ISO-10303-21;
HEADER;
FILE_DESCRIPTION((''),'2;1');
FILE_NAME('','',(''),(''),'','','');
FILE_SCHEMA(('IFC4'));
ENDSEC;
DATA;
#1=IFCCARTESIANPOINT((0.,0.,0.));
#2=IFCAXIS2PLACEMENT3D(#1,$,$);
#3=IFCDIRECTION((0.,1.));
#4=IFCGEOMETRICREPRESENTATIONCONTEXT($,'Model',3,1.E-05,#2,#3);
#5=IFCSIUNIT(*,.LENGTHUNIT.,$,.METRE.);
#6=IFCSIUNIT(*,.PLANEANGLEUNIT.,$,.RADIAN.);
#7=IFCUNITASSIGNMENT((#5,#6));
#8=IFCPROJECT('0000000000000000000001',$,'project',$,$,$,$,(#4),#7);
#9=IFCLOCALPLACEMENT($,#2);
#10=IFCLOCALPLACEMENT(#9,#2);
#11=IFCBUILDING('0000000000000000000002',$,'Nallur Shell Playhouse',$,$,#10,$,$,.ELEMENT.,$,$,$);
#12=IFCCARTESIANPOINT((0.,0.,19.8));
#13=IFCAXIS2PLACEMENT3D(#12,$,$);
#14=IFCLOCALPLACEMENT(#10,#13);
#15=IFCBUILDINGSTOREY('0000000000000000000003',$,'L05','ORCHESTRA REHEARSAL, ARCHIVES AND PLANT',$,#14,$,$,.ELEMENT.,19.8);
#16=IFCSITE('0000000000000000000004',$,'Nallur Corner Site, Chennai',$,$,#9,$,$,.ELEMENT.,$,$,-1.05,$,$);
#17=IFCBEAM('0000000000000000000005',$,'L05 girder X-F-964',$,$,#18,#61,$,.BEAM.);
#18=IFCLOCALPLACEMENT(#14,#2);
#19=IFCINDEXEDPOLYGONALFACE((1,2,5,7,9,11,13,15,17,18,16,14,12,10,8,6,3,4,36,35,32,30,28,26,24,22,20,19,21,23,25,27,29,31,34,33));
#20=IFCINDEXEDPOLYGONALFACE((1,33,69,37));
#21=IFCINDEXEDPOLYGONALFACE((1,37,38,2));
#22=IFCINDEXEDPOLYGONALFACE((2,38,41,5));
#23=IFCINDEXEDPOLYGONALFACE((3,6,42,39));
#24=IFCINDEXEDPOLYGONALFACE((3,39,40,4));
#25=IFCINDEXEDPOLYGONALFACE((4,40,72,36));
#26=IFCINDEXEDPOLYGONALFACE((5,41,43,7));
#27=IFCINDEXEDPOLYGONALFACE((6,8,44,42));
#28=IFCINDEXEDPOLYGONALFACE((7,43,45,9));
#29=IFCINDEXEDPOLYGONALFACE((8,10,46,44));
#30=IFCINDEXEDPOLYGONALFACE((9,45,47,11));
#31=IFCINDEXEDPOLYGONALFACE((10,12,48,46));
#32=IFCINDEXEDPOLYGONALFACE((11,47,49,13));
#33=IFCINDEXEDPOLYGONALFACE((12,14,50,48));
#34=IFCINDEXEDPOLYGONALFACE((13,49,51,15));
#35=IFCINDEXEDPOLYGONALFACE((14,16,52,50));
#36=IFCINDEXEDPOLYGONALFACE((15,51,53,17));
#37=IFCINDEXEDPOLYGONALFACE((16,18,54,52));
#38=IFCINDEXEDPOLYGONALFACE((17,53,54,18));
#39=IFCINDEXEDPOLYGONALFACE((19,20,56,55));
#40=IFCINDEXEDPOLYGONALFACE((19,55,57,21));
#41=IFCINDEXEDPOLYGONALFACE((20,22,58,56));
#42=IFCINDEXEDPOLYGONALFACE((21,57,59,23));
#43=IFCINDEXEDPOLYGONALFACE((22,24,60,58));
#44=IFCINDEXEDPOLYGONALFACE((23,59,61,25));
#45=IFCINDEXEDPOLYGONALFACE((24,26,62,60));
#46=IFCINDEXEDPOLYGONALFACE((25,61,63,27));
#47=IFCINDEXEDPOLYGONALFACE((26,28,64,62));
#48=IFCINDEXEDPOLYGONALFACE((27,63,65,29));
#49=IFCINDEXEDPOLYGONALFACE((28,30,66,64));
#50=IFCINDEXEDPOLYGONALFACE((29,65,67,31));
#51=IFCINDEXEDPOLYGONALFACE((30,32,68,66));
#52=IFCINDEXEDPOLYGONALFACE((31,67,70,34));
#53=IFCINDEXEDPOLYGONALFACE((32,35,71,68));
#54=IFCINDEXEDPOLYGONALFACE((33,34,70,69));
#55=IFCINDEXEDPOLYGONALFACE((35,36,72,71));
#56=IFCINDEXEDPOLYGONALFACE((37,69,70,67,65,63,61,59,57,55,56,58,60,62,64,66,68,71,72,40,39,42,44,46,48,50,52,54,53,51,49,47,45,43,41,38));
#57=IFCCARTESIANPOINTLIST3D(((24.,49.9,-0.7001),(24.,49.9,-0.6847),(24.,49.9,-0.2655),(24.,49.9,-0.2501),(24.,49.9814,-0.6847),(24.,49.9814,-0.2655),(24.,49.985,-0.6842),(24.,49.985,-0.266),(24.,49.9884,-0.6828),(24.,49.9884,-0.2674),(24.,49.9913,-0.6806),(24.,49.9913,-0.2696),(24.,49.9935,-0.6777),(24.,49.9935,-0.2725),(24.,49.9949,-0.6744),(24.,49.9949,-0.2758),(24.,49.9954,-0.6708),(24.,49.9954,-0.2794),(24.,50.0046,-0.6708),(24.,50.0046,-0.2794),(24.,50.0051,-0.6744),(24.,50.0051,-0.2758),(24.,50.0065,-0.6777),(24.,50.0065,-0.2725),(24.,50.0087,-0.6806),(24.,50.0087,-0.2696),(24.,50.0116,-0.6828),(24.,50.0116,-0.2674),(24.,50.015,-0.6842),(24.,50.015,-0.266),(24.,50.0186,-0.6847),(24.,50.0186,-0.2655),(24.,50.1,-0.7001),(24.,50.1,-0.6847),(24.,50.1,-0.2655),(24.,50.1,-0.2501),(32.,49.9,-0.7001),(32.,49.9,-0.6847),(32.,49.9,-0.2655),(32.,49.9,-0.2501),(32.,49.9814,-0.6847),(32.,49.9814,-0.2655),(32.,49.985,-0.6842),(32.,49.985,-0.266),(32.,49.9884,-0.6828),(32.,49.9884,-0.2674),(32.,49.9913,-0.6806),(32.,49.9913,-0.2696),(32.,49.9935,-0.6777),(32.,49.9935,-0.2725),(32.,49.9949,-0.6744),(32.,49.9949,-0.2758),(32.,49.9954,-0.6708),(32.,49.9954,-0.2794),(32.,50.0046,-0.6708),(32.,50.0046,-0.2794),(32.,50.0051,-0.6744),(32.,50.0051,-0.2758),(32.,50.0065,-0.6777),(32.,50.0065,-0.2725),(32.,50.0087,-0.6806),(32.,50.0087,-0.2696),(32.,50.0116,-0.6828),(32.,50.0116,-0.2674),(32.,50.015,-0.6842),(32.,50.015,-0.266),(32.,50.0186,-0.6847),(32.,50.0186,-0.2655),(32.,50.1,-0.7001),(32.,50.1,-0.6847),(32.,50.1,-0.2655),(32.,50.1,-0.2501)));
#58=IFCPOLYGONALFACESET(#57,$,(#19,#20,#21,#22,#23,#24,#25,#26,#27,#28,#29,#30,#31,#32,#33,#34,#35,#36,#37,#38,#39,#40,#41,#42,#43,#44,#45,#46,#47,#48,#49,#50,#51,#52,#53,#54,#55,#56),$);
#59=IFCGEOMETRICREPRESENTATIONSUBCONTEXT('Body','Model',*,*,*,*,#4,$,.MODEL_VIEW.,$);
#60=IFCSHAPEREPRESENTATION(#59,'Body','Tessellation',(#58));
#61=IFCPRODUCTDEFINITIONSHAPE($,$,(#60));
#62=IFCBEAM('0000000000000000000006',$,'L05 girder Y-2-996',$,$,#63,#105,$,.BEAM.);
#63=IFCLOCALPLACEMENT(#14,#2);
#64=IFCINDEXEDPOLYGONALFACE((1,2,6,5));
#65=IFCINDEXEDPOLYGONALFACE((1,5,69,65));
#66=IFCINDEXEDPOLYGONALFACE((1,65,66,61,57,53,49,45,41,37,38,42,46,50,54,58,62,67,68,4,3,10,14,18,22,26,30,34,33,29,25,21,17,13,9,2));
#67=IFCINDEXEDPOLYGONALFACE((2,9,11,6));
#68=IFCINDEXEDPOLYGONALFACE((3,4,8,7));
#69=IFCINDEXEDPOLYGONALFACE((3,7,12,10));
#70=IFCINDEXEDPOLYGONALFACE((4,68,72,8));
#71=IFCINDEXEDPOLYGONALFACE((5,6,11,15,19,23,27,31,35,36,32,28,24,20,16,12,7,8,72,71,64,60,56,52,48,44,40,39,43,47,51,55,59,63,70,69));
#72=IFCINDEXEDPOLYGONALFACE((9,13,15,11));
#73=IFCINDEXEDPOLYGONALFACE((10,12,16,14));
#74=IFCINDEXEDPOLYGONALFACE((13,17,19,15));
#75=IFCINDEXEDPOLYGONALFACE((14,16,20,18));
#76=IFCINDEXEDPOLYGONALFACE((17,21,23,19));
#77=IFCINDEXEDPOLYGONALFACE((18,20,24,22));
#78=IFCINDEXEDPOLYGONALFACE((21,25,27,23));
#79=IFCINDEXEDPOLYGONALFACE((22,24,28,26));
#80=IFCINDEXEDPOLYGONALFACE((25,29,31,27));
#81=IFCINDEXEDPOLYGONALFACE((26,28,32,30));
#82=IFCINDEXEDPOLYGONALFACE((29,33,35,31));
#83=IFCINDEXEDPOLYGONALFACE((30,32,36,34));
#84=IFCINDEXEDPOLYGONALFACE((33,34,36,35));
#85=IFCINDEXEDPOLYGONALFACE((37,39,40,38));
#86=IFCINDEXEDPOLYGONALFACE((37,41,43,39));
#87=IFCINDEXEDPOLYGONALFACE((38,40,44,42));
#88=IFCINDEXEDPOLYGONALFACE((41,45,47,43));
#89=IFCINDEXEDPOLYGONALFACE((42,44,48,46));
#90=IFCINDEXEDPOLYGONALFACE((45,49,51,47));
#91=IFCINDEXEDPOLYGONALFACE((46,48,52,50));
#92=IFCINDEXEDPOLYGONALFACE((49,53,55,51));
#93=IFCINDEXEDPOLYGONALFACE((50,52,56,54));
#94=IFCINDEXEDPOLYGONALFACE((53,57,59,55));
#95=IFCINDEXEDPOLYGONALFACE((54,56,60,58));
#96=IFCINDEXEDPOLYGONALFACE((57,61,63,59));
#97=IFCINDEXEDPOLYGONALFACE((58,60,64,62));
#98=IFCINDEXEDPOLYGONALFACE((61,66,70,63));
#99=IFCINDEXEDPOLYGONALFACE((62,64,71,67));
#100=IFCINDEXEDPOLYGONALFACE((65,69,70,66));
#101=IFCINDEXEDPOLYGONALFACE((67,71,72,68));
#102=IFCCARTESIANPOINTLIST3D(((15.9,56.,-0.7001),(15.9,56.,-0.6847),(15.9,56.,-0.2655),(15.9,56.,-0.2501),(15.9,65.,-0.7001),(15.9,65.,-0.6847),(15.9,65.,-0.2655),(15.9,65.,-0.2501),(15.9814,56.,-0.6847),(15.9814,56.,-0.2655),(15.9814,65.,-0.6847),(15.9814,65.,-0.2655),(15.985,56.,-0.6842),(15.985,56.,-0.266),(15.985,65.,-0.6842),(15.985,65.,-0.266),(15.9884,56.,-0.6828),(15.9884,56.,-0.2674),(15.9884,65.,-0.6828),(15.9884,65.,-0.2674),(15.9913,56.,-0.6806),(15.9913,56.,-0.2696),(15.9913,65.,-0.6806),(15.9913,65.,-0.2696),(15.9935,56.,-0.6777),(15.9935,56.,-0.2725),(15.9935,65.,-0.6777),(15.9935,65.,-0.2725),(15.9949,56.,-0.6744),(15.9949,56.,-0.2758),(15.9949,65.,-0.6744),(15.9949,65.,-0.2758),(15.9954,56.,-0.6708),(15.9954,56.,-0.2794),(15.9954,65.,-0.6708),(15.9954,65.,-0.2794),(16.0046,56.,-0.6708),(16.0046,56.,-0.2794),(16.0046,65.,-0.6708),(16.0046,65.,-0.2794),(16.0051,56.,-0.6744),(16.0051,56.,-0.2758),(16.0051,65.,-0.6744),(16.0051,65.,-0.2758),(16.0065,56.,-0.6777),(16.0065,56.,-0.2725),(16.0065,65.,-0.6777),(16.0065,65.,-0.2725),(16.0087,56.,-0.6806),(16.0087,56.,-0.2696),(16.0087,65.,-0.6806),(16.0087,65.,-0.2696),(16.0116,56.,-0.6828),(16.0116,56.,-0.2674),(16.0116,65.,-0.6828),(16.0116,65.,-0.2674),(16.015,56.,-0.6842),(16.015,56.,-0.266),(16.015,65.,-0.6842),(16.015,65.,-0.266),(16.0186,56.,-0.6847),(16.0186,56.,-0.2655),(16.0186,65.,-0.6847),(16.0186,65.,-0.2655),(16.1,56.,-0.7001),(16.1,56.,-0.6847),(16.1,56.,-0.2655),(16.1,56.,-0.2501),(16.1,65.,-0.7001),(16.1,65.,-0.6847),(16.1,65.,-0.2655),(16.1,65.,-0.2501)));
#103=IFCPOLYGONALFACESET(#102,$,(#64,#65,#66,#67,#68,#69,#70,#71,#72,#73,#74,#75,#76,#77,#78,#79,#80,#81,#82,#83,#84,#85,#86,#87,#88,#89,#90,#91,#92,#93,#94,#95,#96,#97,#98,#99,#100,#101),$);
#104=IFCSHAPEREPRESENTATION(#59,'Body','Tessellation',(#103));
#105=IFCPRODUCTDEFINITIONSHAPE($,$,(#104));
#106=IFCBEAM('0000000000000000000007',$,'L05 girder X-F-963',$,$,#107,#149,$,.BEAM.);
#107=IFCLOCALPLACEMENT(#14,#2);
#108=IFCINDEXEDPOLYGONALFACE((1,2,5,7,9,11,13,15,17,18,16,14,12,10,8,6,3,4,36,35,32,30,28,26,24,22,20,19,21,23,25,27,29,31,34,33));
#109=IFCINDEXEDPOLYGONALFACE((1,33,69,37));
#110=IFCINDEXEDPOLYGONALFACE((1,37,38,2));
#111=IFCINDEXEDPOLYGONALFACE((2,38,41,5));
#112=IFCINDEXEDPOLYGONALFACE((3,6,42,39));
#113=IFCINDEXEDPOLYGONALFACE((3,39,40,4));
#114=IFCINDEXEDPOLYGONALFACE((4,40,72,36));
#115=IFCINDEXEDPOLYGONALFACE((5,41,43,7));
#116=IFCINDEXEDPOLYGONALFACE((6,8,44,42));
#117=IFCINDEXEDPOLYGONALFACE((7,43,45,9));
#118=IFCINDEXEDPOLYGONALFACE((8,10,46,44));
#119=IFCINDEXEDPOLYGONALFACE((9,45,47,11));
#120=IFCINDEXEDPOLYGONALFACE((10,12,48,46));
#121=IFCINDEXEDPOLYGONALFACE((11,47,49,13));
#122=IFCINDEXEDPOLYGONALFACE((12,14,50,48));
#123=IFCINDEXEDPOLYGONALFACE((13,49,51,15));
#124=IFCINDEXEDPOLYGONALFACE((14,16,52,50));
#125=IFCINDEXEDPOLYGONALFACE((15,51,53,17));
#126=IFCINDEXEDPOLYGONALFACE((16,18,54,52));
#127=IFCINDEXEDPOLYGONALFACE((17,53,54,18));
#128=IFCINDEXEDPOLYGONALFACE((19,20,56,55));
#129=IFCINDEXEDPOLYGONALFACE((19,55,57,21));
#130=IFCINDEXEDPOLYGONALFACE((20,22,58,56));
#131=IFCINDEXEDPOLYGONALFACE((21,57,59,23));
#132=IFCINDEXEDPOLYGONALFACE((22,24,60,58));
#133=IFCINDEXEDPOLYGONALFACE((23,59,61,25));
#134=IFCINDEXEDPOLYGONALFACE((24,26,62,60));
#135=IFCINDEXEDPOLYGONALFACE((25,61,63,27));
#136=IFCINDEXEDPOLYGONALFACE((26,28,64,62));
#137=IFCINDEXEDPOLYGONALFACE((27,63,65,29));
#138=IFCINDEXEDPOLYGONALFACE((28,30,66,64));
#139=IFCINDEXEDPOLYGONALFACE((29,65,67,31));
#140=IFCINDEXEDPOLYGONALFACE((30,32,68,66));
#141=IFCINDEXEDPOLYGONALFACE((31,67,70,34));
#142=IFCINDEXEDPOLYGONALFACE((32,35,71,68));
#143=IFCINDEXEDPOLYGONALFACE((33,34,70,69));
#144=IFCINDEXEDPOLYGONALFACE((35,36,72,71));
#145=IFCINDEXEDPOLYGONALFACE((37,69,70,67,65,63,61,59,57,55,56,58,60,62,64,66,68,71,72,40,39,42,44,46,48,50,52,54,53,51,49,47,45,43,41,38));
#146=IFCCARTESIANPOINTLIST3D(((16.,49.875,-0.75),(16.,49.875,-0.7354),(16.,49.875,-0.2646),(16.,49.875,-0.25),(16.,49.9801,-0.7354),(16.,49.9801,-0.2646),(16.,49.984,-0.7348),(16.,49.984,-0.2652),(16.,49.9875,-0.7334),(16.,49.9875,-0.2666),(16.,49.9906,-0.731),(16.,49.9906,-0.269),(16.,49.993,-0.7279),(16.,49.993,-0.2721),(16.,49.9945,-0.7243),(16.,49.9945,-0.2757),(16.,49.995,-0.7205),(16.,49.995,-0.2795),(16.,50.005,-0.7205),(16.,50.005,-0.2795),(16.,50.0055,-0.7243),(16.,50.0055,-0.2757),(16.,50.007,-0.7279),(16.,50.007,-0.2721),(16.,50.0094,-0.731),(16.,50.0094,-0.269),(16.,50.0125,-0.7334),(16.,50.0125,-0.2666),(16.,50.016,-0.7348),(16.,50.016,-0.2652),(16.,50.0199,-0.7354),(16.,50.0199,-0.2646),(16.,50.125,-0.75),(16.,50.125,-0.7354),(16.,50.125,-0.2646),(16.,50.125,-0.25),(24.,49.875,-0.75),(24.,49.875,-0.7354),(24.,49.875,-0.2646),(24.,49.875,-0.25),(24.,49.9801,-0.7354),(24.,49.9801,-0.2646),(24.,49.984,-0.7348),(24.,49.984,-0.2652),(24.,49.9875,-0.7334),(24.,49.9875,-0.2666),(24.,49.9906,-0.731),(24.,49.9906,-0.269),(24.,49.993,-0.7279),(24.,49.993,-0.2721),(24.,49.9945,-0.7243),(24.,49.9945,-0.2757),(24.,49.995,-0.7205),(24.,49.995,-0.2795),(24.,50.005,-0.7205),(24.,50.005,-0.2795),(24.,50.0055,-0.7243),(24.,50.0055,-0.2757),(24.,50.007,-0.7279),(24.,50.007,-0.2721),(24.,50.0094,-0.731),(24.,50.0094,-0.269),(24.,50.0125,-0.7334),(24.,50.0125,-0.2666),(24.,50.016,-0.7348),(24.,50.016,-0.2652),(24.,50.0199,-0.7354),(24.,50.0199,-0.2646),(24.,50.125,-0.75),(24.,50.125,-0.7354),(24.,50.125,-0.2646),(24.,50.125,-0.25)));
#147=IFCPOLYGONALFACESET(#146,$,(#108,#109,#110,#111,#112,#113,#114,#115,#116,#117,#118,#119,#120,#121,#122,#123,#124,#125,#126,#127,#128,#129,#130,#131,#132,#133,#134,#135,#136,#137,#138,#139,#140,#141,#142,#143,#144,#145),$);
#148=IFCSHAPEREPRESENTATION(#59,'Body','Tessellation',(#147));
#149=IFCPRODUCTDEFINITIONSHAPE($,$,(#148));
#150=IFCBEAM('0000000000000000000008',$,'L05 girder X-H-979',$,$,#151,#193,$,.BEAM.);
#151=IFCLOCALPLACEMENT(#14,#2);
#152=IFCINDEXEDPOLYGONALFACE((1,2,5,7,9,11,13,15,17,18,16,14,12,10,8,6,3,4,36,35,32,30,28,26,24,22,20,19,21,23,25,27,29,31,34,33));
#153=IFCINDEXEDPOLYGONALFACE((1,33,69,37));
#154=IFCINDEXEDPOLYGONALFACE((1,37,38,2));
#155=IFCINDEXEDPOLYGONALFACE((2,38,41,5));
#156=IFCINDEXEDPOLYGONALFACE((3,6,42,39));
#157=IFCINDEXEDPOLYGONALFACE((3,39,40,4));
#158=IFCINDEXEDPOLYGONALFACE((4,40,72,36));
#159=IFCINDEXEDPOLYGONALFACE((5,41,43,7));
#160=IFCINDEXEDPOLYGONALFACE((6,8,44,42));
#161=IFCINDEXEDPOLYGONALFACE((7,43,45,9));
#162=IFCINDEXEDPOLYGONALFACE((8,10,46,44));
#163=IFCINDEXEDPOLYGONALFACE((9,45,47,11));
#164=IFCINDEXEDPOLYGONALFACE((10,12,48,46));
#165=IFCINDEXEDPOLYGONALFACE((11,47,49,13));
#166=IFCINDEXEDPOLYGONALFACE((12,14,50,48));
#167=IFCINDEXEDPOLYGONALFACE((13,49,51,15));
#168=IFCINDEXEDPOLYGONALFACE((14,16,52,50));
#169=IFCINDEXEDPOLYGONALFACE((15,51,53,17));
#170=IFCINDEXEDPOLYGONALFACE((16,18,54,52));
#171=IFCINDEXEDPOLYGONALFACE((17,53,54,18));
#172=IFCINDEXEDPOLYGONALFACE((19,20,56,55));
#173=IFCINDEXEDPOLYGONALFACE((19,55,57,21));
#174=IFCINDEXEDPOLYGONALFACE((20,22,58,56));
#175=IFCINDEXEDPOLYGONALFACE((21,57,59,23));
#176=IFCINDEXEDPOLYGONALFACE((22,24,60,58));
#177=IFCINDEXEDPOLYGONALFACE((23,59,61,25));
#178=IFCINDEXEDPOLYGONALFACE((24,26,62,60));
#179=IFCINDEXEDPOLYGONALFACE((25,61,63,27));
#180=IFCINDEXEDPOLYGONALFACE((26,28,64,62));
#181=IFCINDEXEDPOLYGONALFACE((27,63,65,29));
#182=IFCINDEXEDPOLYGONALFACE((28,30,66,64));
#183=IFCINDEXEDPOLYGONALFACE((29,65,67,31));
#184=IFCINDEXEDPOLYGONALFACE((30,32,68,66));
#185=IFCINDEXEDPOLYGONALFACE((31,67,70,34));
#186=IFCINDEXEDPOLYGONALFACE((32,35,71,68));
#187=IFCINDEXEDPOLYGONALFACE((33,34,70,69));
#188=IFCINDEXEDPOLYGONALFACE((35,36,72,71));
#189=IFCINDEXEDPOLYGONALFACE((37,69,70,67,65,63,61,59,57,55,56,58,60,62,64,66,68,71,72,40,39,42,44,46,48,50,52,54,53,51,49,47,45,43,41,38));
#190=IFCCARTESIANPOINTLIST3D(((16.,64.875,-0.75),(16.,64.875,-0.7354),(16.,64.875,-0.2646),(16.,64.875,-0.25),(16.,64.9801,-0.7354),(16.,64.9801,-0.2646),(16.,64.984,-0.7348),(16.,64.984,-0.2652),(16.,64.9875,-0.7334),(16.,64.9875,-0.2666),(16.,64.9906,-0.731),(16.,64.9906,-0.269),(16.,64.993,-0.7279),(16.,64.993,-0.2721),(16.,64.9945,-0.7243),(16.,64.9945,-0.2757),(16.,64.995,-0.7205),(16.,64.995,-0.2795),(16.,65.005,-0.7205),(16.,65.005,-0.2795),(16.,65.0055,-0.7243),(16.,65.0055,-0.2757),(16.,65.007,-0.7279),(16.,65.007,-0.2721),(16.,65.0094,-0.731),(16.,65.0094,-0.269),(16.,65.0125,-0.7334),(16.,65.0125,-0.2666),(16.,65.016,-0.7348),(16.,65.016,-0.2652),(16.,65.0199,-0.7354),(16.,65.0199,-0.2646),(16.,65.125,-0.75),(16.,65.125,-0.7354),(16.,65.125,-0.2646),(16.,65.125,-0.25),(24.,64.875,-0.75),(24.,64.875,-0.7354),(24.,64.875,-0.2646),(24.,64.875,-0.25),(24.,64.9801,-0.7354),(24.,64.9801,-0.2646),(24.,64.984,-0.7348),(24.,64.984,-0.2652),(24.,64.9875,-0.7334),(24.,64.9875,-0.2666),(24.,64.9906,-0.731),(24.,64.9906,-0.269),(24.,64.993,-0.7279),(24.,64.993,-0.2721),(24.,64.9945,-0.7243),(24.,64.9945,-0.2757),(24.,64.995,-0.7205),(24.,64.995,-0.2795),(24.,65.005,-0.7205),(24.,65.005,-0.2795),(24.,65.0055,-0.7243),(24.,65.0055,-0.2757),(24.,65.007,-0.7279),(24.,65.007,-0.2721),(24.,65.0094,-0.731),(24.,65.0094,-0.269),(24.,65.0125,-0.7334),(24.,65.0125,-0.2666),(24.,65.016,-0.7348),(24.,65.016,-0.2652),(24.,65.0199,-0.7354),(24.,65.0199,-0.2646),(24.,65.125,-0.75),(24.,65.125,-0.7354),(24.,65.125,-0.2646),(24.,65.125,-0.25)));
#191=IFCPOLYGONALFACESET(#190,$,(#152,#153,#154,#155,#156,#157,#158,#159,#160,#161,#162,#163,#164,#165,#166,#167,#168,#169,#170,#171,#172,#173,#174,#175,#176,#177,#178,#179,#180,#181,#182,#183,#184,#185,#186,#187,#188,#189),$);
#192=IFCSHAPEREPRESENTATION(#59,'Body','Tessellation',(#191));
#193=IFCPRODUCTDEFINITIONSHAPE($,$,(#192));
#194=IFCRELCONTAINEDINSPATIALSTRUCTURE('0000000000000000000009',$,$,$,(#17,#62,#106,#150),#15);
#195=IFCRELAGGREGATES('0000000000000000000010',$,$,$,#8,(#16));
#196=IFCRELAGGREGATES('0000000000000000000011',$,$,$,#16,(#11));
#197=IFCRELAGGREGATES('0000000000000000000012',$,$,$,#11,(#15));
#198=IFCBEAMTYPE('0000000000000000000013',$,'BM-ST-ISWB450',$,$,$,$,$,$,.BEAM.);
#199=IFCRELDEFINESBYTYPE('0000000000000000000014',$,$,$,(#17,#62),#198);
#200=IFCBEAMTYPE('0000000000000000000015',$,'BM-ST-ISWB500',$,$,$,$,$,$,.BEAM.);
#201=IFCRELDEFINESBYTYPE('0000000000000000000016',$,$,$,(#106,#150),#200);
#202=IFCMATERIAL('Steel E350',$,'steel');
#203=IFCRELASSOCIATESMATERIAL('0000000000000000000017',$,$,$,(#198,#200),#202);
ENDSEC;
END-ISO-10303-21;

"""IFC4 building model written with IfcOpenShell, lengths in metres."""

from ifc_helpers import new_model, si_unit, direction, frame, origin, origin_2d, place, context, subcontext, project, spatial, i_section, extrude, material, material_profile, profile_set, type_object, element, save


model = new_model("IFC4")

# Units and contexts
model_context = context("Model", 3, precision=1e-05, world=origin(), true_north=direction((0.0, 1.0)))
body_context = subcontext(model_context, "Body", "Model", "MODEL_VIEW")
ifc_project = project(units=[si_unit("LENGTHUNIT", "METRE"), si_unit("PLANEANGLEUNIT", "RADIAN")], contexts=[model_context])

# Site, building, storey
site_placement = place(None, origin())
site = spatial("IfcSite", under=ifc_project, at=site_placement, Name="Nallur Corner Site, Chennai", CompositionType="ELEMENT", RefElevation=-1.05)
building_placement = place(site_placement, origin())
building = spatial("IfcBuilding", under=site, at=building_placement, Name="Nallur Shell Playhouse", CompositionType="ELEMENT")
storey_placement = place(building_placement, frame((0.0, 0.0, 19.8)))
storey = spatial("IfcBuildingStorey", under=building, at=storey_placement, Name="L05", Description="ORCHESTRA REHEARSAL, ARCHIVES AND PLANT", CompositionType="ELEMENT", Elevation=19.8)

# Beams
ifc_material_1 = material(Name="Steel E350", Category="steel")
ifc_material_profile_1 = material_profile(ifc_material_1, i_section(OverallWidth=0.2, OverallDepth=0.45, WebThickness=0.0093, FlangeThickness=0.0154, FilletRadius=0.0139, at=origin_2d()), Name="ISWB 450")
ifc_profile_set_1 = profile_set([ifc_material_profile_1], Name="Steel E350")
beam_type_1 = type_object("IfcBeamType", Name="BM-ST-ISWB450", PredefinedType="BEAM", material=ifc_profile_set_1)
beam_1_placement = place(storey_placement, frame((24.0, 50.0, -0.4751), z_axis=(1.0, 0.0, 0.0), x_axis=(0.0, 1.0, 0.0)))
element("IfcBeam", 1, at=beam_1_placement, inside=storey, type_object=beam_type_1, Name="L05 girder X-F-964", PredefinedType="BEAM", context=body_context, shape_type="SweptSolid", body=[
    extrude(i_section(OverallWidth=0.2, OverallDepth=0.45, WebThickness=0.0093, FlangeThickness=0.0154, FilletRadius=0.0139, at=origin_2d()), origin(), (0.0, 0.0, 1.0), 8.0),
])
beam_2_placement = place(storey_placement, frame((16.0, 56.0, -0.4751), z_axis=(0.0, 1.0, 0.0), x_axis=(-1.0, 0.0, 0.0)))
element("IfcBeam", 2, at=beam_2_placement, inside=storey, type_object=beam_type_1, Name="L05 girder Y-2-996", PredefinedType="BEAM", context=body_context, shape_type="SweptSolid", body=[
    extrude(i_section(OverallWidth=0.2, OverallDepth=0.45, WebThickness=0.0093, FlangeThickness=0.0154, FilletRadius=0.0139, at=origin_2d()), origin(), (0.0, 0.0, 1.0), 9.0),
])
ifc_material_profile_2 = material_profile(ifc_material_1, i_section(OverallWidth=0.25, OverallDepth=0.5, WebThickness=0.01, FlangeThickness=0.0146, FilletRadius=0.0149, at=origin_2d()), Name="ISWB 500")
ifc_profile_set_2 = profile_set([ifc_material_profile_2], Name="Steel E350")
beam_type_2 = type_object("IfcBeamType", Name="BM-ST-ISWB500", PredefinedType="BEAM", material=ifc_profile_set_2)
for number, where, z_axis, x_axis, name in (
    (3, (16.0, 50.0, -0.5), (1.0, 0.0, 0.0), (0.0, 1.0, 0.0), "L05 girder X-F-963"),
    (4, (16.0, 65.0, -0.5), (1.0, 0.0, 0.0), (0.0, 1.0, 0.0), "L05 girder X-H-979"),
):
    element("IfcBeam", number, at=place(storey_placement, frame(where, z_axis=z_axis, x_axis=x_axis)), inside=storey, type_object=beam_type_2, Name=name, PredefinedType="BEAM", context=body_context, shape_type="SweptSolid", body=[
        extrude(i_section(OverallWidth=0.25, OverallDepth=0.5, WebThickness=0.01, FlangeThickness=0.0146, FilletRadius=0.0149, at=origin_2d()), origin(), (0.0, 0.0, 1.0), 8.0),
    ])

save(model, "model.ifc")
